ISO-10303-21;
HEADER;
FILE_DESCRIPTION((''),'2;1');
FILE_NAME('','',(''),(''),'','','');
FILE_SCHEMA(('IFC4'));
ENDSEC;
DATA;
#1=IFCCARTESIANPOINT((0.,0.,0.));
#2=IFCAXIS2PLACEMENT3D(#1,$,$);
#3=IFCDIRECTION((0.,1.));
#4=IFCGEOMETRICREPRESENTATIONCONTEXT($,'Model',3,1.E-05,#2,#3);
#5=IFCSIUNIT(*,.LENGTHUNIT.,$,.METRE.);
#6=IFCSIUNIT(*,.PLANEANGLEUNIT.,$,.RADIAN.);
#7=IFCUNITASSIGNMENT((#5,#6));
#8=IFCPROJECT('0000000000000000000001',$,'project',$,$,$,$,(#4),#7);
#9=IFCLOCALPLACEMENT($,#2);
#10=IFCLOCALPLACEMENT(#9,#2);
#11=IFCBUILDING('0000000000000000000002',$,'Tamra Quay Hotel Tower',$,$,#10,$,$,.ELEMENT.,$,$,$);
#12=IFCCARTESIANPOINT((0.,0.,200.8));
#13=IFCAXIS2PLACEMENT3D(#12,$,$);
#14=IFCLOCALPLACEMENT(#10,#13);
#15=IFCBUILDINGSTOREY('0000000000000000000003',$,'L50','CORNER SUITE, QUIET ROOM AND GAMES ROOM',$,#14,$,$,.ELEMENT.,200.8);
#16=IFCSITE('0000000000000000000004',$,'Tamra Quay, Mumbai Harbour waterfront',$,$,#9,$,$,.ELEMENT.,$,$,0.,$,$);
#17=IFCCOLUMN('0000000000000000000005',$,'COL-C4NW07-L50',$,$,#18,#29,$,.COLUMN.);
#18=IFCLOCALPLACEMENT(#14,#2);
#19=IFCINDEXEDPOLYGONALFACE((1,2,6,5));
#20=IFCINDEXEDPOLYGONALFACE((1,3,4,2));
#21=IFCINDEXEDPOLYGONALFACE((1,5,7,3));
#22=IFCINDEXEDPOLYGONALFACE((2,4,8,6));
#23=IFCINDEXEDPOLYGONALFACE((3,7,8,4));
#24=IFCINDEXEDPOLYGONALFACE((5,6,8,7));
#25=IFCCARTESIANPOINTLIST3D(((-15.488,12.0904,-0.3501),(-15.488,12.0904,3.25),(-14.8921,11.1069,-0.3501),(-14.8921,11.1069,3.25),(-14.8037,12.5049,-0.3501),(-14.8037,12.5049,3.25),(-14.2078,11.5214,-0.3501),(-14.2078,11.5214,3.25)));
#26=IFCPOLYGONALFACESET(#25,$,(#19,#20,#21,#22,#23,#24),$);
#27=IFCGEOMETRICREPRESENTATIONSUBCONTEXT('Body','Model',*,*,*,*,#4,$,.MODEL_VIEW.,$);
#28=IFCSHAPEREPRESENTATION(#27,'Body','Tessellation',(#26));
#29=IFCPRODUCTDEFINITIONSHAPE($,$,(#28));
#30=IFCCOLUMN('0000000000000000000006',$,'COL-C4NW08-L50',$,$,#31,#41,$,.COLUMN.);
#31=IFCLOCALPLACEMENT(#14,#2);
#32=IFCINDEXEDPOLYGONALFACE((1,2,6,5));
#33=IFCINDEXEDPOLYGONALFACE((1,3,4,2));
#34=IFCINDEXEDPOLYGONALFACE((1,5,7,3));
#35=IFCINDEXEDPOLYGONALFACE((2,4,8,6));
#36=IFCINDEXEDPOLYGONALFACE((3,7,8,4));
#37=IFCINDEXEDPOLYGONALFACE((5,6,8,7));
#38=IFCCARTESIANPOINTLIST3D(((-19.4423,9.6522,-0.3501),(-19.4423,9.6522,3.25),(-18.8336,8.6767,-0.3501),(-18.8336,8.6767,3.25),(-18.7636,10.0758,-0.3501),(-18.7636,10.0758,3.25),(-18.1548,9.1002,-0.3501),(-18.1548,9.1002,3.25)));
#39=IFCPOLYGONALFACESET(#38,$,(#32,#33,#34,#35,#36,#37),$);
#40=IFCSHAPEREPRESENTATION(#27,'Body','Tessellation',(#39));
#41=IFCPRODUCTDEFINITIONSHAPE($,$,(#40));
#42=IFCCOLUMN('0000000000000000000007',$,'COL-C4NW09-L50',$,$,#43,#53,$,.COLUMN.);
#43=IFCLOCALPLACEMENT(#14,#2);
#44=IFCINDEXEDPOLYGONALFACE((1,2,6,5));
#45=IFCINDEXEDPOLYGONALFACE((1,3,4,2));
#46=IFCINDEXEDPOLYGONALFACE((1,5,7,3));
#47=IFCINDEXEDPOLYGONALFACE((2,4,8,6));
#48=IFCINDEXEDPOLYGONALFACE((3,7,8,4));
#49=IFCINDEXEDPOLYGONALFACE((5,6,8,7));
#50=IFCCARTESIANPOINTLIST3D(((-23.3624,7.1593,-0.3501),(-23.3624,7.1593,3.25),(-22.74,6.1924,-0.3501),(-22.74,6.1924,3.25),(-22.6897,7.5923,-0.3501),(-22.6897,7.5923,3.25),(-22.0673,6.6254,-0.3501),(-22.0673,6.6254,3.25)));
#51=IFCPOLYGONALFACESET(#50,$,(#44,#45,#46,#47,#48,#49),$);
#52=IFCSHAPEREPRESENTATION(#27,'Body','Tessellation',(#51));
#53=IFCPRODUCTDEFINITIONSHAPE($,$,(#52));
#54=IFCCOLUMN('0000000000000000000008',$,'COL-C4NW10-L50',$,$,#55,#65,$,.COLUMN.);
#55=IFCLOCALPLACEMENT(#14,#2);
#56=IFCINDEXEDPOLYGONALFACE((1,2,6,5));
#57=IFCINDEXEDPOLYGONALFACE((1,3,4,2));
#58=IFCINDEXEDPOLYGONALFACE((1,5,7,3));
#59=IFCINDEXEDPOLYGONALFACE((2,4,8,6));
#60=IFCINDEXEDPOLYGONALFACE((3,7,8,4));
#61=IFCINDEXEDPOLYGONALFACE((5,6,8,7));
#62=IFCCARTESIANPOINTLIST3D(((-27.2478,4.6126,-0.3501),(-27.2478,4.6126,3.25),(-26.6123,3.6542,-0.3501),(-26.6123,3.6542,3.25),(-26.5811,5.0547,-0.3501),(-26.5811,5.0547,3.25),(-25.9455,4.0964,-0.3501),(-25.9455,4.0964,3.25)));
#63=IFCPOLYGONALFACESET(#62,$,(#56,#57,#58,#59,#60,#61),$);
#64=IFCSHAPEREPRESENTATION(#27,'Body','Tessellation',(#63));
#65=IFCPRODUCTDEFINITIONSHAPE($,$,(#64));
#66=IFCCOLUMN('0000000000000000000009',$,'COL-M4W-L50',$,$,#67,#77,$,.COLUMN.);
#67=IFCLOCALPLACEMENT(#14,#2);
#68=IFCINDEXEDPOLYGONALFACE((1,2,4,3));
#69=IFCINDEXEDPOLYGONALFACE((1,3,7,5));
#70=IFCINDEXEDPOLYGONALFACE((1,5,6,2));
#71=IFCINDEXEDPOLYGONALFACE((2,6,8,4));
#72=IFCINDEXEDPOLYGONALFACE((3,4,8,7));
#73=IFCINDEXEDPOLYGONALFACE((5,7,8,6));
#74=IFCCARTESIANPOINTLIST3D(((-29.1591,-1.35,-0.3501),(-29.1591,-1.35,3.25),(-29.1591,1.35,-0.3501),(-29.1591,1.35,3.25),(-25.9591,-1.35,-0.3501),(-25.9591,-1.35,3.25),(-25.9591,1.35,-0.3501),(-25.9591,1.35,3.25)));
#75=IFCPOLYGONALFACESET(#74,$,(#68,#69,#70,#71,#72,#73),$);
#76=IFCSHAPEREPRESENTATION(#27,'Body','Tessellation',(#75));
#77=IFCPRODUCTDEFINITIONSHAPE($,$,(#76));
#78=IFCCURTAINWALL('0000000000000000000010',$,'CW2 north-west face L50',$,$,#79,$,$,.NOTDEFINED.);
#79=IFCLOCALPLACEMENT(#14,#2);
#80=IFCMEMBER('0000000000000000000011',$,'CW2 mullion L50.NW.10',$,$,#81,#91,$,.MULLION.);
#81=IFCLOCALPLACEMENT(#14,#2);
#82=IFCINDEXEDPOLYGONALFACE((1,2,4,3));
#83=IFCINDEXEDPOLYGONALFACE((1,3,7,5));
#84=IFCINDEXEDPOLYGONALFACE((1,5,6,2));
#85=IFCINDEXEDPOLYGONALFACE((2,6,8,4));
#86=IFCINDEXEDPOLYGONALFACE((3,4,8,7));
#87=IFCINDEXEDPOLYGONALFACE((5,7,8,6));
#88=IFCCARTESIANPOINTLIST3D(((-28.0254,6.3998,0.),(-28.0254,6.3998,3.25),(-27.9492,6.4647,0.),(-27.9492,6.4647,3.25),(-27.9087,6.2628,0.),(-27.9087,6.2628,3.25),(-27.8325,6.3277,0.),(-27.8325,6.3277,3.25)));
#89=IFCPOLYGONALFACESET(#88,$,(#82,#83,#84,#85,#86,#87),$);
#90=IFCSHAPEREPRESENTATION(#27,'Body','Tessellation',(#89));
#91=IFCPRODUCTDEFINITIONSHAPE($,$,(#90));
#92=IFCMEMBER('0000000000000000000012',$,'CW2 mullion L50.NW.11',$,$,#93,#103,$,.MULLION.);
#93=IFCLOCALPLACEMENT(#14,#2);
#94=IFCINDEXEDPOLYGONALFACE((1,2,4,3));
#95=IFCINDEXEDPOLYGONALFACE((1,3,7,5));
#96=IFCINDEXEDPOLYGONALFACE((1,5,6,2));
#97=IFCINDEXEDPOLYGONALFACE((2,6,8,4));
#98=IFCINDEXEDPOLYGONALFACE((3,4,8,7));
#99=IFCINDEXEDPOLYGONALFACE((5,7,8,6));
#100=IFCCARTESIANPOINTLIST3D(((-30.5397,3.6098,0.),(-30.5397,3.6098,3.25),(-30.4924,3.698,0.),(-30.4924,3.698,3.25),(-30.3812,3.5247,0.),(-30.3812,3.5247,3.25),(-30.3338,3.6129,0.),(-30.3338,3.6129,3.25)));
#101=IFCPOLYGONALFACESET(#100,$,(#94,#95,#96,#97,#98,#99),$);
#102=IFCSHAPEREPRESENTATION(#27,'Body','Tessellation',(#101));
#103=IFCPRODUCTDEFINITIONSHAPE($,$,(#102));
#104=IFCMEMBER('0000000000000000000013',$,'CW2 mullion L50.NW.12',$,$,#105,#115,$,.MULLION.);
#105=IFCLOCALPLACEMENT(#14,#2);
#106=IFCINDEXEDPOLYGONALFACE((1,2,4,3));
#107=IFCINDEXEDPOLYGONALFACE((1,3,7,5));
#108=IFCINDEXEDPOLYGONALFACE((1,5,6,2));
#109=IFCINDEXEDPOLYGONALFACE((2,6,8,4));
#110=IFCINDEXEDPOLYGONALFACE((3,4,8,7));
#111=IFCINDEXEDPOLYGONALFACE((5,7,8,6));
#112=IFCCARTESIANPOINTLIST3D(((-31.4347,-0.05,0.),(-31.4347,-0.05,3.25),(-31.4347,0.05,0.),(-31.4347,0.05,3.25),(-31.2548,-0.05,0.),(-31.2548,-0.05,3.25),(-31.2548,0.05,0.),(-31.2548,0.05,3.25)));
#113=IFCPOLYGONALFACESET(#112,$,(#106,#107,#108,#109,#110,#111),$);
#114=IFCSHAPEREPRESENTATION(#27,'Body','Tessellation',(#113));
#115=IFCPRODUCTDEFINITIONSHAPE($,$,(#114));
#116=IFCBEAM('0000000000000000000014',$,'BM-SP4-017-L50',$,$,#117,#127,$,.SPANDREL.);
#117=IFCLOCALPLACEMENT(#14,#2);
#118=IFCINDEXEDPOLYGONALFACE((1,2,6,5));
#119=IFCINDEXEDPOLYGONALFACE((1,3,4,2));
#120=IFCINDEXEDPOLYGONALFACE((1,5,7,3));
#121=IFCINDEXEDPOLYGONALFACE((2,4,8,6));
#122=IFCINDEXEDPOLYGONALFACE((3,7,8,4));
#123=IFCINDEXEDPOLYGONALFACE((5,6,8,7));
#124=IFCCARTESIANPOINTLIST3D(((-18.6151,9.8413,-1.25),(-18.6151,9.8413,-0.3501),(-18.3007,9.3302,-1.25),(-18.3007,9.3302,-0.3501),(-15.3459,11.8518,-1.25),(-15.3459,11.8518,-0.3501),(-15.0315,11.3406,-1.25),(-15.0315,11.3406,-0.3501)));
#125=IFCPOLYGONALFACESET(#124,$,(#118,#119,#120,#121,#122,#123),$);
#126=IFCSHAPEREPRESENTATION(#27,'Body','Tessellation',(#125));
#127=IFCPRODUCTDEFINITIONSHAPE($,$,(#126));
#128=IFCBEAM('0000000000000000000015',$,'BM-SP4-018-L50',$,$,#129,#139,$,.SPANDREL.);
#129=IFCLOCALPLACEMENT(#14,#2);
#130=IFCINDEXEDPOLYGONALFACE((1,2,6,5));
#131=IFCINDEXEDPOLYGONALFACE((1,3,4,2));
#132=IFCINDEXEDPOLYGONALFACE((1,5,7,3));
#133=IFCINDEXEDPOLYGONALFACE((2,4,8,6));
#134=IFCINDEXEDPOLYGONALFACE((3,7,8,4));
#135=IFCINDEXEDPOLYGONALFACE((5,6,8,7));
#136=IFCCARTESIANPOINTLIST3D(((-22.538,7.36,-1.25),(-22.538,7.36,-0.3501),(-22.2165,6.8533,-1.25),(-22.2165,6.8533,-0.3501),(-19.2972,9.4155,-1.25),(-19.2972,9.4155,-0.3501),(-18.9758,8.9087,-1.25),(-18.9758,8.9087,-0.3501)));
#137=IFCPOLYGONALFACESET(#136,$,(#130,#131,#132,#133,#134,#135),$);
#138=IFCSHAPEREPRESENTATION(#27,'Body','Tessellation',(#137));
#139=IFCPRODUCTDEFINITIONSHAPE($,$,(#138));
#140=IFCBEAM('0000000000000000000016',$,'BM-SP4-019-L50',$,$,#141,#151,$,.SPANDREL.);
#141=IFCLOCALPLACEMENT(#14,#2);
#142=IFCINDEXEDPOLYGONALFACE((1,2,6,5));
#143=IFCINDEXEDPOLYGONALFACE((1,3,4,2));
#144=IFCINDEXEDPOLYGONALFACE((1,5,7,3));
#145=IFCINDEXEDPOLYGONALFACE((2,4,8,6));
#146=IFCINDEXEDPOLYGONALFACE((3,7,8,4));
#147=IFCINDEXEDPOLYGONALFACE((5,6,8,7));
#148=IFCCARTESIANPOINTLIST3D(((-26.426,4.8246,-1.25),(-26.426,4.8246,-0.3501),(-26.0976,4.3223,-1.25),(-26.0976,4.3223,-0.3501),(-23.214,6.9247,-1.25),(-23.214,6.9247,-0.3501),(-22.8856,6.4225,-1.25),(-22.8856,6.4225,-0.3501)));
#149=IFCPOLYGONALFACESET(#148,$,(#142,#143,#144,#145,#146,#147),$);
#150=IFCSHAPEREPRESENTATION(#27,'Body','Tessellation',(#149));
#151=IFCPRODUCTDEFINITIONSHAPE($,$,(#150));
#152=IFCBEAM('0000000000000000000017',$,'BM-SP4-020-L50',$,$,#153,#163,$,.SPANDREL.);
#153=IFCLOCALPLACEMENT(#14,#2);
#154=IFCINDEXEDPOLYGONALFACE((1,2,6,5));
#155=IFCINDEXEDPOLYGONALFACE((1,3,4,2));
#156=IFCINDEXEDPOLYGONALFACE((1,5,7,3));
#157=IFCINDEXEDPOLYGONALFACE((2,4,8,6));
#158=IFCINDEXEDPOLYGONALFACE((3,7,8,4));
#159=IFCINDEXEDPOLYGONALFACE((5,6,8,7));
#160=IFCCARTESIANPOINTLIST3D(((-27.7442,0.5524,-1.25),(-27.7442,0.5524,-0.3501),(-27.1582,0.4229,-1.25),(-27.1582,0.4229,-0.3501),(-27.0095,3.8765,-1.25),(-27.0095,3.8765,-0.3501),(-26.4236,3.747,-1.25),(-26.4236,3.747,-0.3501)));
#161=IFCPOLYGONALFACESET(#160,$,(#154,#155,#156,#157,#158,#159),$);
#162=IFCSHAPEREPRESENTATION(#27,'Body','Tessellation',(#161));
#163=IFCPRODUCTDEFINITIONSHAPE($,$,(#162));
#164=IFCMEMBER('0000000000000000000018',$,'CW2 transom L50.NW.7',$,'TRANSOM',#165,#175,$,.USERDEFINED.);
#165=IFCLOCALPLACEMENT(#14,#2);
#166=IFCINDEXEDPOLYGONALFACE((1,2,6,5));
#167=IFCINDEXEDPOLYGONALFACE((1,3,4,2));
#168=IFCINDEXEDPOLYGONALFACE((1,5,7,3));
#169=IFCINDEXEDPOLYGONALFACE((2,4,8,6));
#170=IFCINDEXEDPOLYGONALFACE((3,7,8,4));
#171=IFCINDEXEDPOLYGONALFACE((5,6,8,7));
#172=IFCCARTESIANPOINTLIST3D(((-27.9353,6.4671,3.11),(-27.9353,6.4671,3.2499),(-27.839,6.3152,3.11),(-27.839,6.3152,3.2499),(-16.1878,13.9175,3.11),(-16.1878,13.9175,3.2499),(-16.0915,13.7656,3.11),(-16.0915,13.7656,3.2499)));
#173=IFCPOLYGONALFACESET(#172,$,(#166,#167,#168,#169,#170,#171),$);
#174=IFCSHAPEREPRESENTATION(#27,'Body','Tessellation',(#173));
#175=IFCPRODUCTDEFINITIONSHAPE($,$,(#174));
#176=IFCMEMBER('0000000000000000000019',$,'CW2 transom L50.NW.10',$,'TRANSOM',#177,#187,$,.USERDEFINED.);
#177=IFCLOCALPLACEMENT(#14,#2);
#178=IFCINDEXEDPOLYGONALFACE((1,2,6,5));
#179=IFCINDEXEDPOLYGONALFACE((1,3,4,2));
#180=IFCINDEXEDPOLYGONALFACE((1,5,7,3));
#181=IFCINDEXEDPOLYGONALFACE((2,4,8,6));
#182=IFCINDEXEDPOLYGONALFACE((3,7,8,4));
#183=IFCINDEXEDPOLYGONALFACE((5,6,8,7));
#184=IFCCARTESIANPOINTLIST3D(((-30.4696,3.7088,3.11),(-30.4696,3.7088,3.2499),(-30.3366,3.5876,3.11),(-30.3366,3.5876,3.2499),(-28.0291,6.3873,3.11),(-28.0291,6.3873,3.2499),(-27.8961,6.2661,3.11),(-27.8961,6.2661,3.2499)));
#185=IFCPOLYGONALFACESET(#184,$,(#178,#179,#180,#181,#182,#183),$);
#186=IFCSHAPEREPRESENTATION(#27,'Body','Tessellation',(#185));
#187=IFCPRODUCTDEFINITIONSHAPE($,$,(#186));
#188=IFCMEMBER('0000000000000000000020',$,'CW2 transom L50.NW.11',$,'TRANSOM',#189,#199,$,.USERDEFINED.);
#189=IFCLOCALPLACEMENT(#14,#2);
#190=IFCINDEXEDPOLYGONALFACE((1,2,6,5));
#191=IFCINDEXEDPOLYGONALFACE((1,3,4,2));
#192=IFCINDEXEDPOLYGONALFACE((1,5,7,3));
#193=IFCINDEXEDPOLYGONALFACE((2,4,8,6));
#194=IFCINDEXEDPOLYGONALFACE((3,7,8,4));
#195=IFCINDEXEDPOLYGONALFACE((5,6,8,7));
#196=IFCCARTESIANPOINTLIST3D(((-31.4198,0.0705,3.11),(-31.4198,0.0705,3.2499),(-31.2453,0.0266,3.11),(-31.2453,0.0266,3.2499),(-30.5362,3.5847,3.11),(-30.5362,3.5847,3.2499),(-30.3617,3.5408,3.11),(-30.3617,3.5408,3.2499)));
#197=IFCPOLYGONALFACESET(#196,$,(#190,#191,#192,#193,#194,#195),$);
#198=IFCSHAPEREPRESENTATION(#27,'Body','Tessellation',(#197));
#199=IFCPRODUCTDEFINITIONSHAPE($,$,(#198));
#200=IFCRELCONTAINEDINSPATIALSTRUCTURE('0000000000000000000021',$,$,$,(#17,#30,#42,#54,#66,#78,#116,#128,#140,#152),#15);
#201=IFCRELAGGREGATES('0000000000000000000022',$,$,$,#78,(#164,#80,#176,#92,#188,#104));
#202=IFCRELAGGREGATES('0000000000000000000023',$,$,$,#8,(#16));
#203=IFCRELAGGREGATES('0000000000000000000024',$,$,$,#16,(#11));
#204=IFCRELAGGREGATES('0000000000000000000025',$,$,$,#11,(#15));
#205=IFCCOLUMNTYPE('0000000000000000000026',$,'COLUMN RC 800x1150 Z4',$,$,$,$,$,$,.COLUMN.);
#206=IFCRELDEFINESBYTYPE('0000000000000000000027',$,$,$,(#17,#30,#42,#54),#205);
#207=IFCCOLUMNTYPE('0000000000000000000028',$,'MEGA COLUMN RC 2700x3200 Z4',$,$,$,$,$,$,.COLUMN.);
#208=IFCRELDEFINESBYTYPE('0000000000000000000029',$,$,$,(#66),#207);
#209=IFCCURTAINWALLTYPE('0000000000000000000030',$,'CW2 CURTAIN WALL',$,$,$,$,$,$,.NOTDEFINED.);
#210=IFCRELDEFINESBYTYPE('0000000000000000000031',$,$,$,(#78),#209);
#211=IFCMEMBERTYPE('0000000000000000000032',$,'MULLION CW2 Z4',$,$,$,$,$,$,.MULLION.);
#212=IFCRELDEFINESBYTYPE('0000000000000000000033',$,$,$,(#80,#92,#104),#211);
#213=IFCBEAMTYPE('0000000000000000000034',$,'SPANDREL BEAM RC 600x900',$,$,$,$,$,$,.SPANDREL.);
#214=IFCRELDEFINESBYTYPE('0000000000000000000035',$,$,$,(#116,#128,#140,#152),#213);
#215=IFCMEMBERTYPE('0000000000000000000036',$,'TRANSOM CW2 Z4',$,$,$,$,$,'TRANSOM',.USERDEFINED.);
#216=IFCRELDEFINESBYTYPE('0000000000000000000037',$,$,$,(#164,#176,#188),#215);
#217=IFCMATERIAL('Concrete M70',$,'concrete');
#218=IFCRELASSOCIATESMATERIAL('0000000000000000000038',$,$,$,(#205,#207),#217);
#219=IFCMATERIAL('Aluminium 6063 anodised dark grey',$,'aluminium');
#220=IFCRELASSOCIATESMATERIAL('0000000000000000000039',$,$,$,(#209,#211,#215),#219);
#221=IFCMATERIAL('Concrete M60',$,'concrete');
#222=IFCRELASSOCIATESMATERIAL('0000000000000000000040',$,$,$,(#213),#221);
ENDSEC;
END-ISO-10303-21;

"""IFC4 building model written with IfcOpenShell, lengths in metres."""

from ifc_helpers import new_model, si_unit, direction, frame, origin, origin_2d, place, context, subcontext, project, spatial, rectangle, extrude, material, material_profile, profile_set, type_object, element, aggregate, save


model = new_model("IFC4")

# Units and contexts
model_context = context("Model", 3, precision=1e-05, world=origin(), true_north=direction((0.0, 1.0)))
body_context = subcontext(model_context, "Body", "Model", "MODEL_VIEW")
ifc_project = project(units=[si_unit("LENGTHUNIT", "METRE"), si_unit("PLANEANGLEUNIT", "RADIAN")], contexts=[model_context])

# Site, building, storey
site_placement = place(None, origin())
site = spatial("IfcSite", under=ifc_project, at=site_placement, Name="Tamra Quay, Mumbai Harbour waterfront", CompositionType="ELEMENT", RefElevation=0.0)
building_placement = place(site_placement, origin())
building = spatial("IfcBuilding", under=site, at=building_placement, Name="Tamra Quay Hotel Tower", CompositionType="ELEMENT")
storey_placement = place(building_placement, frame((0.0, 0.0, 200.8)))
storey = spatial("IfcBuildingStorey", under=building, at=storey_placement, Name="L50", Description="CORNER SUITE, QUIET ROOM AND GAMES ROOM", CompositionType="ELEMENT", Elevation=200.8)

# Columns
ifc_material_1 = material(Name="Concrete M70", Category="concrete")
ifc_material_profile_1 = material_profile(ifc_material_1, rectangle(XDim=1.1499, YDim=0.8, at=origin_2d()), Name="COLUMN RC 800x1150 Z4")
ifc_profile_set_1 = profile_set([ifc_material_profile_1], Name="Concrete M70")
column_type_1 = type_object("IfcColumnType", Name="COLUMN RC 800x1150 Z4", PredefinedType="COLUMN", material=ifc_profile_set_1)
for number, where, z_axis, x_axis, name in (
    (1, (-14.8479, 11.8059, -0.3501), (0.0, 0.0, 1.0), (-0.518175, 0.855275, 0.0), "COL-C4NW07-L50"),
    (2, (-18.7986, 9.3762, -0.3501), (0.0, 0.0, 1.0), (-0.52941, 0.848366, 0.0), "COL-C4NW08-L50"),
    (3, (-22.7148, 6.8923, -0.3501), (0.0, 0.0, 1.0), (-0.541283, 0.840841, 0.0), "COL-C4NW09-L50"),
    (4, (-26.5967, 4.3545, -0.3501), (0.0, 0.0, 1.0), (-0.552666, 0.833403, 0.0), "COL-C4NW10-L50"),
):
    element("IfcColumn", number, at=place(storey_placement, frame(where, z_axis=z_axis, x_axis=x_axis)), inside=storey, type_object=column_type_1, Name=name, PredefinedType="COLUMN", context=body_context, shape_type="SweptSolid", body=[
        extrude(rectangle(XDim=1.1499, YDim=0.8, at=origin_2d()), origin(), (0.0, 0.0, 1.0), 3.6001),
    ])
ifc_material_profile_2 = material_profile(ifc_material_1, rectangle(XDim=3.2, YDim=2.7, at=origin_2d()), Name="MEGA COLUMN RC 2700x3200 Z4")
ifc_profile_set_2 = profile_set([ifc_material_profile_2], Name="Concrete M70")
column_type_2 = type_object("IfcColumnType", Name="MEGA COLUMN RC 2700x3200 Z4", PredefinedType="COLUMN", material=ifc_profile_set_2)
column_placement = place(storey_placement, frame((-27.5591, 0.0, -0.3501), z_axis=(0.0, 0.0, 1.0), x_axis=(1.0, 0.0, 0.0)))
element("IfcColumn", 5, at=column_placement, inside=storey, type_object=column_type_2, Name="COL-M4W-L50", PredefinedType="COLUMN", context=body_context, shape_type="SweptSolid", body=[
    extrude(rectangle(XDim=3.2, YDim=2.7, at=origin_2d()), origin(), (0.0, 0.0, 1.0), 3.6001),
])

# Curtain wall, members
ifc_material_2 = material(Name="Aluminium 6063 anodised dark grey", Category="aluminium")
curtain_wall_type = type_object("IfcCurtainWallType", Name="CW2 CURTAIN WALL", PredefinedType="NOTDEFINED", material=ifc_material_2)
curtain_wall_placement = place(storey_placement, origin())
curtain_wall = element("IfcCurtainWall", 6, at=curtain_wall_placement, inside=storey, type_object=curtain_wall_type, Name="CW2 north-west face L50", PredefinedType="NOTDEFINED")
ifc_material_profile_3 = material_profile(ifc_material_2, rectangle(XDim=0.1799, YDim=0.1001, at=origin_2d()), Name="MULLION 100X180")
ifc_profile_set_3 = profile_set([ifc_material_profile_3], Name="Aluminium 6063 anodised dark grey")
member_type_1 = type_object("IfcMemberType", Name="MULLION CW2 Z4", PredefinedType="MULLION", material=ifc_profile_set_3)
member_1_placement = place(storey_placement, frame((-27.929, 6.3638, 0.0), z_axis=(0.0, 0.0, 1.0), x_axis=(-0.648381, 0.761316, 0.0)))
member_1 = element("IfcMember", 7, at=member_1_placement, type_object=member_type_1, Name="CW2 mullion L50.NW.10", PredefinedType="MULLION", context=body_context, shape_type="SweptSolid", body=[
    extrude(rectangle(XDim=0.1799, YDim=0.1001, at=origin_2d()), origin(), (0.0, 0.0, 1.0), 3.25),
])
member_2_placement = place(storey_placement, frame((-30.4368, 3.6113, 0.0), z_axis=(0.0, 0.0, 1.0), x_axis=(-0.881098, 0.472935, 0.0)))
member_2 = element("IfcMember", 8, at=member_2_placement, type_object=member_type_1, Name="CW2 mullion L50.NW.11", PredefinedType="MULLION", context=body_context, shape_type="SweptSolid", body=[
    extrude(rectangle(XDim=0.1799, YDim=0.1001, at=origin_2d()), origin(), (0.0, 0.0, 1.0), 3.25),
])
member_3_placement = place(storey_placement, frame((-31.3447, 0.0, 0.0), z_axis=(0.0, 0.0, 1.0), x_axis=(-1.0, 0.0, 0.0)))
member_3 = element("IfcMember", 9, at=member_3_placement, type_object=member_type_1, Name="CW2 mullion L50.NW.12", PredefinedType="MULLION", context=body_context, shape_type="SweptSolid", body=[
    extrude(rectangle(XDim=0.1799, YDim=0.1001, at=origin_2d()), origin(), (0.0, 0.0, 1.0), 3.25),
])

# Beams
ifc_material_3 = material(Name="Concrete M60", Category="concrete")
ifc_material_profile_4 = material_profile(ifc_material_3, rectangle(XDim=0.6001, YDim=0.8999, at=origin_2d()), Name="SPANDREL BEAM RC 600x900")
ifc_profile_set_4 = profile_set([ifc_material_profile_4], Name="Concrete M60")
beam_type = type_object("IfcBeamType", Name="SPANDREL BEAM RC 600x900", PredefinedType="SPANDREL", material=ifc_profile_set_4)
beam_1_placement = place(storey_placement, frame((-15.1887, 11.5962, -0.8), z_axis=(-0.851818, -0.523838, 0.0), x_axis=(0.523838, -0.851818, 0.0)))
element("IfcBeam", 10, at=beam_1_placement, inside=storey, type_object=beam_type, Name="BM-SP4-017-L50", PredefinedType="SPANDREL", context=body_context, shape_type="SweptSolid", body=[
    extrude(rectangle(XDim=0.6001, YDim=0.8999, at=origin_2d()), origin(), (0.0, 0.0, 1.0), 3.8379),
])
for number, where, z_axis, x_axis, name in (
    (11, (-19.1365, 9.1621, -0.8), (-0.84447, -0.535603, 0.0), (0.535603, -0.84447, 0.0), "BM-SP4-018-L50"),
    (12, (-23.0498, 6.6736, -0.8), (-0.83697, -0.547249, 0.0), (0.547249, -0.83697, 0.0), "BM-SP4-019-L50"),
):
    element("IfcBeam", number, at=place(storey_placement, frame(where, z_axis=z_axis, x_axis=x_axis)), inside=storey, type_object=beam_type, Name=name, PredefinedType="SPANDREL", context=body_context, shape_type="SweptSolid", body=[
        extrude(rectangle(XDim=0.6001, YDim=0.8999, at=origin_2d()), origin(), (0.0, 0.0, 1.0), 3.8376),
    ])
beam_2_placement = place(storey_placement, frame((-26.7166, 3.8118, -0.8), z_axis=(-0.215799, -0.976438, 0.0), x_axis=(0.976438, -0.215799, 0.0)))
element("IfcBeam", 13, at=beam_2_placement, inside=storey, type_object=beam_type, Name="BM-SP4-020-L50", PredefinedType="SPANDREL", context=body_context, shape_type="SweptSolid", body=[
    extrude(rectangle(XDim=0.6001, YDim=0.8999, at=origin_2d()), origin(), (0.0, 0.0, 1.0), 3.4043),
])

# Members
ifc_material_profile_5 = material_profile(ifc_material_2, rectangle(XDim=0.1799, YDim=0.1399, at=origin_2d()), Name="TRANSOM 180X140")
ifc_profile_set_5 = profile_set([ifc_material_profile_5], Name="Aluminium 6063 anodised dark grey")
member_type_2 = type_object("IfcMemberType", Name="TRANSOM CW2 Z4", ElementType="TRANSOM", PredefinedType="USERDEFINED", material=ifc_profile_set_5)
member_4_placement = place(storey_placement, frame((-16.1396, 13.8416, 3.1799), z_axis=(-0.844484, -0.535581, 0.0), x_axis=(0.535581, -0.844484, 0.0)))
member_4 = element("IfcMember", 14, at=member_4_placement, type_object=member_type_2, Name="CW2 transom L50.NW.7", ObjectType="TRANSOM", PredefinedType="USERDEFINED", context=body_context, shape_type="SweptSolid", body=[
    extrude(rectangle(XDim=0.1799, YDim=0.1399, at=origin_2d()), origin(), (0.0, 0.0, 1.0), 13.9109),
])
member_5_placement = place(storey_placement, frame((-27.9626, 6.3267, 3.1799), z_axis=(-0.673497, -0.73919, 0.0), x_axis=(0.73919, -0.673497, 0.0)))
member_5 = element("IfcMember", 15, at=member_5_placement, type_object=member_type_2, Name="CW2 transom L50.NW.10", ObjectType="TRANSOM", PredefinedType="USERDEFINED", context=body_context, shape_type="SweptSolid", body=[
    extrude(rectangle(XDim=0.1799, YDim=0.1399, at=origin_2d()), origin(), (0.0, 0.0, 1.0), 3.6235),
])
member_6_placement = place(storey_placement, frame((-30.449, 3.5627, 3.1799), z_axis=(-0.243835, -0.969817, 0.0), x_axis=(0.969817, -0.243835, 0.0)))
member_6 = element("IfcMember", 16, at=member_6_placement, type_object=member_type_2, Name="CW2 transom L50.NW.11", ObjectType="TRANSOM", PredefinedType="USERDEFINED", context=body_context, shape_type="SweptSolid", body=[
    extrude(rectangle(XDim=0.1799, YDim=0.1399, at=origin_2d()), origin(), (0.0, 0.0, 1.0), 3.6235),
])

aggregate(curtain_wall, [member_4, member_1, member_5, member_2, member_6, member_3])

save(model, "model.ifc")
